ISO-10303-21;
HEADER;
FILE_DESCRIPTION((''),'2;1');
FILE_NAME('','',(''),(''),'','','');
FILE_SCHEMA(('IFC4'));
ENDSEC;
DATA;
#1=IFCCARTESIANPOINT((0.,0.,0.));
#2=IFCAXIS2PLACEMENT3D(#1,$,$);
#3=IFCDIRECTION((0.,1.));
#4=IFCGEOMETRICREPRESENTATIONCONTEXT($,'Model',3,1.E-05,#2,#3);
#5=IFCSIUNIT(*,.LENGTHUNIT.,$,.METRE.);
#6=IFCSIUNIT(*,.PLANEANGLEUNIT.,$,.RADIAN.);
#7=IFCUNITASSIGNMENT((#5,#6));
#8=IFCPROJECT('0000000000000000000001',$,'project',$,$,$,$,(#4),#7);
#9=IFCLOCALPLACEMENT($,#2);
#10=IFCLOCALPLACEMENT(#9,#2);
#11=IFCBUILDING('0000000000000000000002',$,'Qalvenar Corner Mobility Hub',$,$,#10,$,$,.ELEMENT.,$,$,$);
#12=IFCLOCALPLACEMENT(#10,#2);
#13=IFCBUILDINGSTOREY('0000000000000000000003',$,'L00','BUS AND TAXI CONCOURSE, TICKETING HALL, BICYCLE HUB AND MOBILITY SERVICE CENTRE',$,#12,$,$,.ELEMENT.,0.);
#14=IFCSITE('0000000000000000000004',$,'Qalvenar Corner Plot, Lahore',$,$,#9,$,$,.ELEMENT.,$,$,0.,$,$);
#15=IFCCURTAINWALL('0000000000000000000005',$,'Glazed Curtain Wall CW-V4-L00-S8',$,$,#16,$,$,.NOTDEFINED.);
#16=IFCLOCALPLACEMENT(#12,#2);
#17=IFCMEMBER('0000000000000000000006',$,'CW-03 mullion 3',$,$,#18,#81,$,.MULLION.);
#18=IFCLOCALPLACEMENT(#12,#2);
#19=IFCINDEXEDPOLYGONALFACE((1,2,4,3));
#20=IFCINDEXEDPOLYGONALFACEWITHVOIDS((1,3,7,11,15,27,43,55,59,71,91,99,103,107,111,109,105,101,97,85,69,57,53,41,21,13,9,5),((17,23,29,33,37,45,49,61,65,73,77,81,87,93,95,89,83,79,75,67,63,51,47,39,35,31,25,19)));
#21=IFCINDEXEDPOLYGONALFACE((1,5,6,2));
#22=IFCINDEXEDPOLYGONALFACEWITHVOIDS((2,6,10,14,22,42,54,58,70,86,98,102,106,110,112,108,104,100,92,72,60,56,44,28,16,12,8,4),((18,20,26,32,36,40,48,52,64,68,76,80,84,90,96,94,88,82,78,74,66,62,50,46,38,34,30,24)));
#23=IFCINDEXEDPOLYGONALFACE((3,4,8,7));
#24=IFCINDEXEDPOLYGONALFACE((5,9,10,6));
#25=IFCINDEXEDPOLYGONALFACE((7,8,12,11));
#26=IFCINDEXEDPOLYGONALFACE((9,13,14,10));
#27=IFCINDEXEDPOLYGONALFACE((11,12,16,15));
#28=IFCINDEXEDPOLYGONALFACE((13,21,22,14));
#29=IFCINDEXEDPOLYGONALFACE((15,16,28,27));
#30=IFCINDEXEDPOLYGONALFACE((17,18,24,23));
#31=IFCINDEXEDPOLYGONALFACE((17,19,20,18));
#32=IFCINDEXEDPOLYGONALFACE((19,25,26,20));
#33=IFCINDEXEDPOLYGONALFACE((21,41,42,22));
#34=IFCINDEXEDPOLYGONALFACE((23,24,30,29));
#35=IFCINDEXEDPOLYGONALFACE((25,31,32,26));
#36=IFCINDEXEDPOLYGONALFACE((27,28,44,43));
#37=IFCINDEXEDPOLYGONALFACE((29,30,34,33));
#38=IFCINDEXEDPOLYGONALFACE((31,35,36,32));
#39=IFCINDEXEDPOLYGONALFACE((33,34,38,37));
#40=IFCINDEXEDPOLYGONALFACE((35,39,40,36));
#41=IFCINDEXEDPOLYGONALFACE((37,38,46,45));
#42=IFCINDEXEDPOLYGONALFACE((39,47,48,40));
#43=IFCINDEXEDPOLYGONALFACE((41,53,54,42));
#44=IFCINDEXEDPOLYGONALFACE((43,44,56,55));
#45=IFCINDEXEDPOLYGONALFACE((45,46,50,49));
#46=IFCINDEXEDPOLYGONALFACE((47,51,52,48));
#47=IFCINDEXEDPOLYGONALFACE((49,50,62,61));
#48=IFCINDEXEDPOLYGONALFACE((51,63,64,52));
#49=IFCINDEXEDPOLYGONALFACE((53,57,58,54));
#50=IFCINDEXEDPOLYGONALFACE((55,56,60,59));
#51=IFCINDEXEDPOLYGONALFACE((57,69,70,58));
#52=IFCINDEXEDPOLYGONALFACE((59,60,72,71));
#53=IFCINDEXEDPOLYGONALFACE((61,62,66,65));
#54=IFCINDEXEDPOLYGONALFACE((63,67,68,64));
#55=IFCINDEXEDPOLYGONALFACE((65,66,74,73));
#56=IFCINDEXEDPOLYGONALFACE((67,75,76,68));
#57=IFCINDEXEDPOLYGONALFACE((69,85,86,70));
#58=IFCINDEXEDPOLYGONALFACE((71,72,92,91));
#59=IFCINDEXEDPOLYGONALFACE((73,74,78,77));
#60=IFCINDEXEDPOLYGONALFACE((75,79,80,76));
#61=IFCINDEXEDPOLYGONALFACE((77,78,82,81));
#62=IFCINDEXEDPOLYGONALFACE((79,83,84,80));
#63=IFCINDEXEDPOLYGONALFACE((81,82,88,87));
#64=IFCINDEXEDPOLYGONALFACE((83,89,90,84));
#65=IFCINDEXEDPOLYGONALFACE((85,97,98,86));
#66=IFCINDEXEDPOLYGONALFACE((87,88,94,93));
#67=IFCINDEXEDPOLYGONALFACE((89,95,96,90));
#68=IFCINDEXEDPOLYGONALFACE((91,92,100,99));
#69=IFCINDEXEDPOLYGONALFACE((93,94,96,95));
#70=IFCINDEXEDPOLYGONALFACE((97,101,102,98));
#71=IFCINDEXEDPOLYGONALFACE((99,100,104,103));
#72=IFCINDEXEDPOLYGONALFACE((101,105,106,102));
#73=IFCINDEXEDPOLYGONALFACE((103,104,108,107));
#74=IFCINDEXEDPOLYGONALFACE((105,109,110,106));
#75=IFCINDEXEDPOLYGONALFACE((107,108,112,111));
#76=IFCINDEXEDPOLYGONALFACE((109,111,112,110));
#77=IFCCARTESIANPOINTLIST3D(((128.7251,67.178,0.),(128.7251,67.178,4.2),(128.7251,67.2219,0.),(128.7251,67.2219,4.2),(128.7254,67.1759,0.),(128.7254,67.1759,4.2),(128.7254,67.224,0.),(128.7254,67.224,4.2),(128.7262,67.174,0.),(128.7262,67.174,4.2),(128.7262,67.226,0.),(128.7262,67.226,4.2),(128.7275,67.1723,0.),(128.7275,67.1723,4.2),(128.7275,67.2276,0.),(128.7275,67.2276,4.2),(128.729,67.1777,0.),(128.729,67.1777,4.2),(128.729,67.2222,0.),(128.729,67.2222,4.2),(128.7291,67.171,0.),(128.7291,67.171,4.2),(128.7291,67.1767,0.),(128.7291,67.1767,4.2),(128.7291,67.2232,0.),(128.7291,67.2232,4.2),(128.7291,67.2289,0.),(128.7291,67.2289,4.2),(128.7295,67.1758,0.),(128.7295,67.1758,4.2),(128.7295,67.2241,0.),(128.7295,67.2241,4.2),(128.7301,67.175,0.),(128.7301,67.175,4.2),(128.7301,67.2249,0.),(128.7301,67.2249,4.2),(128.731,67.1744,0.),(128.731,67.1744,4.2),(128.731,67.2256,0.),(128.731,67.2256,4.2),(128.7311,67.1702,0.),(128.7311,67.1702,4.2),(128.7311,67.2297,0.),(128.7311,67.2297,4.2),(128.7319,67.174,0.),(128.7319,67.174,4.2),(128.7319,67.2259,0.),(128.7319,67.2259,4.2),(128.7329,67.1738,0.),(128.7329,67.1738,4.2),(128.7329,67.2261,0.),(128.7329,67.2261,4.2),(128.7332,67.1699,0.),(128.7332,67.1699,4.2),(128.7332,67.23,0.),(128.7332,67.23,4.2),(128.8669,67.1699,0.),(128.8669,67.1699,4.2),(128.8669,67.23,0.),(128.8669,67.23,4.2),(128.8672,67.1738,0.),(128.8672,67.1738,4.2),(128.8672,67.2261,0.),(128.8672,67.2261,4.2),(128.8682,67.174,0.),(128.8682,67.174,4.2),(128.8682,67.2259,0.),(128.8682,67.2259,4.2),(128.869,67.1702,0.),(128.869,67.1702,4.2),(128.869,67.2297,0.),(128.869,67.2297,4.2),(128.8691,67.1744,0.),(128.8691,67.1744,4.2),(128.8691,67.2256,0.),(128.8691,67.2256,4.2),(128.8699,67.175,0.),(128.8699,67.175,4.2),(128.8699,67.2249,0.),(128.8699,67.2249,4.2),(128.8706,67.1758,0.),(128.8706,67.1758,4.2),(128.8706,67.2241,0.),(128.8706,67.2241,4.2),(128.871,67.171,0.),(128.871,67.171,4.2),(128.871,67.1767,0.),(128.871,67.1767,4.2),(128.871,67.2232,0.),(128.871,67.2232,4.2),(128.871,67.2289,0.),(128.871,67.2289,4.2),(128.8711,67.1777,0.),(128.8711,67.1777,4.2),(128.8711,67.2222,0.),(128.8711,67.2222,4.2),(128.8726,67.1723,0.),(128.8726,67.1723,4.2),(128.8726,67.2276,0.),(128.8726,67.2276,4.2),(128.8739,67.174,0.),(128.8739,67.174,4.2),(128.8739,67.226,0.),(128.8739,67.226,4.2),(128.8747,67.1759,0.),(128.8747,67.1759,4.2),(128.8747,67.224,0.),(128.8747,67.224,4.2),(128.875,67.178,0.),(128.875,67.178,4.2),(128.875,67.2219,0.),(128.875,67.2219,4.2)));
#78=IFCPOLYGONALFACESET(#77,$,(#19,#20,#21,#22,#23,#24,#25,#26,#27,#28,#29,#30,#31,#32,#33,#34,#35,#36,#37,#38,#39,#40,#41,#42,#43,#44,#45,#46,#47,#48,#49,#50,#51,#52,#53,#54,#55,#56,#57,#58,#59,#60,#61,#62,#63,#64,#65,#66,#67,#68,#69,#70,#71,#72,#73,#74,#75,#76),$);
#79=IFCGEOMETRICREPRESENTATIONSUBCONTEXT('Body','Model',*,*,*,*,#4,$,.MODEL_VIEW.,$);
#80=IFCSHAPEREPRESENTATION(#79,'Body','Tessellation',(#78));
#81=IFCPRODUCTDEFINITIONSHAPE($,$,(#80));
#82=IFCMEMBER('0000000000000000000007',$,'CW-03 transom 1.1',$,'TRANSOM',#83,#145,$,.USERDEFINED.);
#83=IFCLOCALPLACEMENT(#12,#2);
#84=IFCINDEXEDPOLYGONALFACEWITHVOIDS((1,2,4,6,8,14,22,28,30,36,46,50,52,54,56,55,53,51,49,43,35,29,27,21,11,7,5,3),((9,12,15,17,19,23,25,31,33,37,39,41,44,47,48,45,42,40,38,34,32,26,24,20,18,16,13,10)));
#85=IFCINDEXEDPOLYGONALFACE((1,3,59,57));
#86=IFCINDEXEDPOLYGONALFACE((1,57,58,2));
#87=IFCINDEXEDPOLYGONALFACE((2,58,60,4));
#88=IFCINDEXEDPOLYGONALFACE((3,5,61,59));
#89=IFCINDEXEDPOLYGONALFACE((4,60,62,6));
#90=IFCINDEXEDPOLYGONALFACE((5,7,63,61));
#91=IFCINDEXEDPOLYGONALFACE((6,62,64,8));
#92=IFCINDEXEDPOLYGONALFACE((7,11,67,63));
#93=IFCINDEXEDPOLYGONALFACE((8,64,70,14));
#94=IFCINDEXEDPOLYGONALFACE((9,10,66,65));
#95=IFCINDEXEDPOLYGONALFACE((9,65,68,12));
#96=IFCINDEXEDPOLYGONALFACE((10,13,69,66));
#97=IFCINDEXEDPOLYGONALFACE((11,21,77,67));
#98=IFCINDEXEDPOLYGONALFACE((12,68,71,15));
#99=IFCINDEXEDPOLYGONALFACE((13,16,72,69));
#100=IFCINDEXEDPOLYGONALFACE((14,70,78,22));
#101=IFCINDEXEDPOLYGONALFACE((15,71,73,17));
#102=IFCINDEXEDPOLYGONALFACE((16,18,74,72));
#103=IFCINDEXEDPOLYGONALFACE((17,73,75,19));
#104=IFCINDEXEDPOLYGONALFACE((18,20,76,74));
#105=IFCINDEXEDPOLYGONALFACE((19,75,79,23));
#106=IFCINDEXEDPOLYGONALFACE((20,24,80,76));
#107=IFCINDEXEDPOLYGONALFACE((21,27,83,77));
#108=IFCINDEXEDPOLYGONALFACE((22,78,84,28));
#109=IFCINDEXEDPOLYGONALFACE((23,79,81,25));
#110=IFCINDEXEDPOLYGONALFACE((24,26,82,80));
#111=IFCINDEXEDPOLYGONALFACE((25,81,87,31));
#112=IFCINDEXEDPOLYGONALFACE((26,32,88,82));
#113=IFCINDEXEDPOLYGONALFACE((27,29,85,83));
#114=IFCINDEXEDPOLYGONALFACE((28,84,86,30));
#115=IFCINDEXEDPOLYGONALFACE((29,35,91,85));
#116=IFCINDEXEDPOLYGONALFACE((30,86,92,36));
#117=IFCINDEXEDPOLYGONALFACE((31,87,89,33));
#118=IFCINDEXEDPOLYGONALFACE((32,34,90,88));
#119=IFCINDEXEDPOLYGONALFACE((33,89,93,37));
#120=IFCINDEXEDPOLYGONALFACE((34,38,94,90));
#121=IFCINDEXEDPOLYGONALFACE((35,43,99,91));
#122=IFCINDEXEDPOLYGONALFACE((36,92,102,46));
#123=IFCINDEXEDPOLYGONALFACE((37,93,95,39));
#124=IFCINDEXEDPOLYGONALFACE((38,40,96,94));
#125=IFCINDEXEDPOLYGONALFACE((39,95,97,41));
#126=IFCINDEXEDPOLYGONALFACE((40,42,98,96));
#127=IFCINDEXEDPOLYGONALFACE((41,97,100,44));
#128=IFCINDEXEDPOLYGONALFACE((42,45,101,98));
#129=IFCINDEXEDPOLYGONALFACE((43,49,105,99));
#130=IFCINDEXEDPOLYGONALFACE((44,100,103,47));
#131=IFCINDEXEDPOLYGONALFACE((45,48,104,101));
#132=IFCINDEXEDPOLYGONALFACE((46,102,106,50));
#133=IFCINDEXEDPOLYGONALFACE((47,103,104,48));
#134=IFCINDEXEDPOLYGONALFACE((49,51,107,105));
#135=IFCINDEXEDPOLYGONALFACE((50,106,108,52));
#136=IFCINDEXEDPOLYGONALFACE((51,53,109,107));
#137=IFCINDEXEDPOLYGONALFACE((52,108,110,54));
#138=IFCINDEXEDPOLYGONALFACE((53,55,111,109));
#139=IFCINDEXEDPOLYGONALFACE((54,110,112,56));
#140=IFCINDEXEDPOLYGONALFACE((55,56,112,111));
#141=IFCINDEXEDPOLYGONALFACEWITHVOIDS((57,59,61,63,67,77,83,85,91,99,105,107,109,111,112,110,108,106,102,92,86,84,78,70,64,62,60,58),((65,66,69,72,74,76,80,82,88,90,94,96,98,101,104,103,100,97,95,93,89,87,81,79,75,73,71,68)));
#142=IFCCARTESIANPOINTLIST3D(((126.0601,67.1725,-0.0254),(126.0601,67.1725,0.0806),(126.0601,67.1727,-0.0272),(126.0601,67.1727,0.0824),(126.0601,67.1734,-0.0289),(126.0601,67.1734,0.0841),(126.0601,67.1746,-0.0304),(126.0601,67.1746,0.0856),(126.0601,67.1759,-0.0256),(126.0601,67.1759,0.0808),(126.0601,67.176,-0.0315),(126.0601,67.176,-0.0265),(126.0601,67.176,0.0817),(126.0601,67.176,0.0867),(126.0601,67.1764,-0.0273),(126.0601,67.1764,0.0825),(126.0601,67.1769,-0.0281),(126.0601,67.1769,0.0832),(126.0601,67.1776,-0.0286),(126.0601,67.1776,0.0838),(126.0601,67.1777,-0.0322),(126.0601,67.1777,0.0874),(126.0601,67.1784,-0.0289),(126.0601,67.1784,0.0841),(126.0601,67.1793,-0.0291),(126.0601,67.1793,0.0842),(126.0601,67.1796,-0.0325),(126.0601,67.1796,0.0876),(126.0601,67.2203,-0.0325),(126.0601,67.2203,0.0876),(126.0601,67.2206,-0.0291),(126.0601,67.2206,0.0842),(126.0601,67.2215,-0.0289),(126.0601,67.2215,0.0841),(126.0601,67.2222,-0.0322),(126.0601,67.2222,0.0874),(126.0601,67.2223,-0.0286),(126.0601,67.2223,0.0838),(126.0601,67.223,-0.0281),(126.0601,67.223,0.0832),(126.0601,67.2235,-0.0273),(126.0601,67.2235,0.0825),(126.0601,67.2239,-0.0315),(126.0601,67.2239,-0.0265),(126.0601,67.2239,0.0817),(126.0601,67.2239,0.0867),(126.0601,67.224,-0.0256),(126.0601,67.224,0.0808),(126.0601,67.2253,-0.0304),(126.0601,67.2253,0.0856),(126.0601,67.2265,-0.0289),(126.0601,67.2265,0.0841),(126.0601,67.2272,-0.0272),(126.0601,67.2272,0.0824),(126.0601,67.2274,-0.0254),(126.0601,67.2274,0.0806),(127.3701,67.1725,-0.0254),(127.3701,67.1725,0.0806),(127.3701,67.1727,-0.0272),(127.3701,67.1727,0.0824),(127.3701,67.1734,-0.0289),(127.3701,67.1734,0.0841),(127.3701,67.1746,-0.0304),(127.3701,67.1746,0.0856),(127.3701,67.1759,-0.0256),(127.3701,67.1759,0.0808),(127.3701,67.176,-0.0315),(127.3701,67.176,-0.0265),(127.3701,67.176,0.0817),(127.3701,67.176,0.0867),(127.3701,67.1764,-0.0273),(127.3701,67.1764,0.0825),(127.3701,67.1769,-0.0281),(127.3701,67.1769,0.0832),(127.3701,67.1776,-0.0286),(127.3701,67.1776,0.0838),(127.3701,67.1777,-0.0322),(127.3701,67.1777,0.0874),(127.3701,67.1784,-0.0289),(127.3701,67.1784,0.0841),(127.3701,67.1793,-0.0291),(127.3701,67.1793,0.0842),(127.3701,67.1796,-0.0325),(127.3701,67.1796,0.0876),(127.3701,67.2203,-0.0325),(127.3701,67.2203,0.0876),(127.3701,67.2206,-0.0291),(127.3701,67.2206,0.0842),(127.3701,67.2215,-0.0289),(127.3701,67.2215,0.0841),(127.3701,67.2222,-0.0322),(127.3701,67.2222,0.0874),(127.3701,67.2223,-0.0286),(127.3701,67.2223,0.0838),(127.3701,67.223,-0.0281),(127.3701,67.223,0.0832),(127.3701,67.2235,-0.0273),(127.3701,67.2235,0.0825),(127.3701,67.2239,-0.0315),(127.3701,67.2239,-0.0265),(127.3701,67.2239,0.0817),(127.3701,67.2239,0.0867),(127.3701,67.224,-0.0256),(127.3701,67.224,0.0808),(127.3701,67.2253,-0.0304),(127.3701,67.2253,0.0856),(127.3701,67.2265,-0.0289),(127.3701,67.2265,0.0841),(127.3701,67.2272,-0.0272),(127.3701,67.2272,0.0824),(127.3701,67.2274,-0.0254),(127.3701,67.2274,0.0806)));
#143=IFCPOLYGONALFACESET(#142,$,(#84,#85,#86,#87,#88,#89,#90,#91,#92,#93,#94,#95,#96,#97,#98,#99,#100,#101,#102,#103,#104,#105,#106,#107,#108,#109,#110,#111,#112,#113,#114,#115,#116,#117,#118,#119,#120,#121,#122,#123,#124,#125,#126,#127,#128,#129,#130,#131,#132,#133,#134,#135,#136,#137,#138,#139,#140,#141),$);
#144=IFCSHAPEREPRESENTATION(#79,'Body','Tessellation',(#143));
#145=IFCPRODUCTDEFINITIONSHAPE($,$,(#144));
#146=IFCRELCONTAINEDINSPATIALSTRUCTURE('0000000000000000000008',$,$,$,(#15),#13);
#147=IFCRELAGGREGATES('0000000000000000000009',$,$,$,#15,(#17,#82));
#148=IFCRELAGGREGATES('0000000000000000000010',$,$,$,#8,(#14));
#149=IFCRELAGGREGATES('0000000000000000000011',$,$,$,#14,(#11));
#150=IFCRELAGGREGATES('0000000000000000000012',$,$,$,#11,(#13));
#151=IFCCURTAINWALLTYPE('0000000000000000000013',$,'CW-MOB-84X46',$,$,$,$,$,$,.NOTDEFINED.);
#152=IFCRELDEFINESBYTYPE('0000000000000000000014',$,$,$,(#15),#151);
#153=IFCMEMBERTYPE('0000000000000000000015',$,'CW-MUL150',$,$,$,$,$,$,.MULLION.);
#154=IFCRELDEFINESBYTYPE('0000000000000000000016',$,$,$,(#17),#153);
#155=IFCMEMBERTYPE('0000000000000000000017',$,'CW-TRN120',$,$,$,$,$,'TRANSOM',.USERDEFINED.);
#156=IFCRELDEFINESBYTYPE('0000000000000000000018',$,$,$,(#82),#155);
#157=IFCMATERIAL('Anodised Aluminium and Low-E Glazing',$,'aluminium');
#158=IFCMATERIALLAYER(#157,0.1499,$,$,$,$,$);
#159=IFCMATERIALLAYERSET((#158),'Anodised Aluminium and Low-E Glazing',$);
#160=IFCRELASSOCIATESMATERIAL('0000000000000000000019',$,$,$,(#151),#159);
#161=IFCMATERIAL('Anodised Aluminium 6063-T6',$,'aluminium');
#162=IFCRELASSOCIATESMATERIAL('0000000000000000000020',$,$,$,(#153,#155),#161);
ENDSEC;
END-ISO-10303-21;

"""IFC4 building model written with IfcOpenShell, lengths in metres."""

from ifc_helpers import new_model, si_unit, direction, frame, origin, origin_2d, place, context, subcontext, project, spatial, hollow_rectangle, extrude, material, layer, layer_set, material_profile, profile_set, type_object, element, aggregate, save


model = new_model("IFC4")

# Units and contexts
model_context = context("Model", 3, precision=1e-05, world=origin(), true_north=direction((0.0, 1.0)))
body_context = subcontext(model_context, "Body", "Model", "MODEL_VIEW")
ifc_project = project(units=[si_unit("LENGTHUNIT", "METRE"), si_unit("PLANEANGLEUNIT", "RADIAN")], contexts=[model_context])

# Site, building, storey
site_placement = place(None, origin())
site = spatial("IfcSite", under=ifc_project, at=site_placement, Name="Qalvenar Corner Plot, Lahore", CompositionType="ELEMENT", RefElevation=0.0)
building_placement = place(site_placement, origin())
building = spatial("IfcBuilding", under=site, at=building_placement, Name="Qalvenar Corner Mobility Hub", CompositionType="ELEMENT")
storey_placement = place(building_placement, origin())
storey = spatial("IfcBuildingStorey", under=building, at=storey_placement, Name="L00", Description="BUS AND TAXI CONCOURSE, TICKETING HALL, BICYCLE HUB AND MOBILITY SERVICE CENTRE", CompositionType="ELEMENT", Elevation=0.0)

# Curtain wall, members
ifc_material_1 = material(Name="Anodised Aluminium and Low-E Glazing", Category="aluminium")
ifc_layer_1 = layer(ifc_material_1, 0.1499)
ifc_layer_set_1 = layer_set([ifc_layer_1], Name="Anodised Aluminium and Low-E Glazing")
curtain_wall_type = type_object("IfcCurtainWallType", Name="CW-MOB-84X46", PredefinedType="NOTDEFINED", material=ifc_layer_set_1)
curtain_wall_placement = place(storey_placement, origin())
curtain_wall = element("IfcCurtainWall", 1, at=curtain_wall_placement, inside=storey, type_object=curtain_wall_type, Name="Glazed Curtain Wall CW-V4-L00-S8", PredefinedType="NOTDEFINED")
ifc_material_2 = material(Name="Anodised Aluminium 6063-T6", Category="aluminium")
ifc_material_profile_1 = material_profile(ifc_material_2, hollow_rectangle(XDim=0.0601, YDim=0.1499, WallThickness=0.0039, InnerFilletRadius=0.0039, OuterFilletRadius=0.0081, at=origin_2d()), Name="RHS150x60x4")
ifc_profile_set_1 = profile_set([ifc_material_profile_1], Name="Anodised Aluminium 6063-T6")
member_type_1 = type_object("IfcMemberType", Name="CW-MUL150", PredefinedType="MULLION", material=ifc_profile_set_1)
member_1_placement = place(storey_placement, frame((128.8, 67.2, 0.0), z_axis=(0.0, 0.0, 1.0), x_axis=(0.0, 1.0, 0.0)))
member_1 = element("IfcMember", 2, at=member_1_placement, type_object=member_type_1, Name="CW-03 mullion 3", PredefinedType="MULLION", context=body_context, shape_type="SweptSolid", body=[
    extrude(hollow_rectangle(XDim=0.0601, YDim=0.1499, WallThickness=0.0039, InnerFilletRadius=0.0039, OuterFilletRadius=0.0081, at=origin_2d()), origin(), (0.0, 0.0, 1.0), 4.2),
])
ifc_material_profile_2 = material_profile(ifc_material_2, hollow_rectangle(XDim=0.0549, YDim=0.1201, WallThickness=0.0034, InnerFilletRadius=0.0034, OuterFilletRadius=0.0071, at=origin_2d()), Name="RHS120x55x3.5")
ifc_profile_set_2 = profile_set([ifc_material_profile_2], Name="Anodised Aluminium 6063-T6")
member_type_2 = type_object("IfcMemberType", Name="CW-TRN120", ElementType="TRANSOM", PredefinedType="USERDEFINED", material=ifc_profile_set_2)
member_2_placement = place(storey_placement, frame((126.0601, 67.2, 0.0276), z_axis=(1.0, 0.0, 0.0), x_axis=(0.0, 1.0, 0.0)))
member_2 = element("IfcMember", 3, at=member_2_placement, type_object=member_type_2, Name="CW-03 transom 1.1", ObjectType="TRANSOM", PredefinedType="USERDEFINED", context=body_context, shape_type="SweptSolid", body=[
    extrude(hollow_rectangle(XDim=0.0549, YDim=0.1201, WallThickness=0.0034, InnerFilletRadius=0.0034, OuterFilletRadius=0.0071, at=origin_2d()), origin(), (0.0, 0.0, 1.0), 1.3101),
])
aggregate(curtain_wall, [member_1, member_2])

save(model, "model.ifc")
